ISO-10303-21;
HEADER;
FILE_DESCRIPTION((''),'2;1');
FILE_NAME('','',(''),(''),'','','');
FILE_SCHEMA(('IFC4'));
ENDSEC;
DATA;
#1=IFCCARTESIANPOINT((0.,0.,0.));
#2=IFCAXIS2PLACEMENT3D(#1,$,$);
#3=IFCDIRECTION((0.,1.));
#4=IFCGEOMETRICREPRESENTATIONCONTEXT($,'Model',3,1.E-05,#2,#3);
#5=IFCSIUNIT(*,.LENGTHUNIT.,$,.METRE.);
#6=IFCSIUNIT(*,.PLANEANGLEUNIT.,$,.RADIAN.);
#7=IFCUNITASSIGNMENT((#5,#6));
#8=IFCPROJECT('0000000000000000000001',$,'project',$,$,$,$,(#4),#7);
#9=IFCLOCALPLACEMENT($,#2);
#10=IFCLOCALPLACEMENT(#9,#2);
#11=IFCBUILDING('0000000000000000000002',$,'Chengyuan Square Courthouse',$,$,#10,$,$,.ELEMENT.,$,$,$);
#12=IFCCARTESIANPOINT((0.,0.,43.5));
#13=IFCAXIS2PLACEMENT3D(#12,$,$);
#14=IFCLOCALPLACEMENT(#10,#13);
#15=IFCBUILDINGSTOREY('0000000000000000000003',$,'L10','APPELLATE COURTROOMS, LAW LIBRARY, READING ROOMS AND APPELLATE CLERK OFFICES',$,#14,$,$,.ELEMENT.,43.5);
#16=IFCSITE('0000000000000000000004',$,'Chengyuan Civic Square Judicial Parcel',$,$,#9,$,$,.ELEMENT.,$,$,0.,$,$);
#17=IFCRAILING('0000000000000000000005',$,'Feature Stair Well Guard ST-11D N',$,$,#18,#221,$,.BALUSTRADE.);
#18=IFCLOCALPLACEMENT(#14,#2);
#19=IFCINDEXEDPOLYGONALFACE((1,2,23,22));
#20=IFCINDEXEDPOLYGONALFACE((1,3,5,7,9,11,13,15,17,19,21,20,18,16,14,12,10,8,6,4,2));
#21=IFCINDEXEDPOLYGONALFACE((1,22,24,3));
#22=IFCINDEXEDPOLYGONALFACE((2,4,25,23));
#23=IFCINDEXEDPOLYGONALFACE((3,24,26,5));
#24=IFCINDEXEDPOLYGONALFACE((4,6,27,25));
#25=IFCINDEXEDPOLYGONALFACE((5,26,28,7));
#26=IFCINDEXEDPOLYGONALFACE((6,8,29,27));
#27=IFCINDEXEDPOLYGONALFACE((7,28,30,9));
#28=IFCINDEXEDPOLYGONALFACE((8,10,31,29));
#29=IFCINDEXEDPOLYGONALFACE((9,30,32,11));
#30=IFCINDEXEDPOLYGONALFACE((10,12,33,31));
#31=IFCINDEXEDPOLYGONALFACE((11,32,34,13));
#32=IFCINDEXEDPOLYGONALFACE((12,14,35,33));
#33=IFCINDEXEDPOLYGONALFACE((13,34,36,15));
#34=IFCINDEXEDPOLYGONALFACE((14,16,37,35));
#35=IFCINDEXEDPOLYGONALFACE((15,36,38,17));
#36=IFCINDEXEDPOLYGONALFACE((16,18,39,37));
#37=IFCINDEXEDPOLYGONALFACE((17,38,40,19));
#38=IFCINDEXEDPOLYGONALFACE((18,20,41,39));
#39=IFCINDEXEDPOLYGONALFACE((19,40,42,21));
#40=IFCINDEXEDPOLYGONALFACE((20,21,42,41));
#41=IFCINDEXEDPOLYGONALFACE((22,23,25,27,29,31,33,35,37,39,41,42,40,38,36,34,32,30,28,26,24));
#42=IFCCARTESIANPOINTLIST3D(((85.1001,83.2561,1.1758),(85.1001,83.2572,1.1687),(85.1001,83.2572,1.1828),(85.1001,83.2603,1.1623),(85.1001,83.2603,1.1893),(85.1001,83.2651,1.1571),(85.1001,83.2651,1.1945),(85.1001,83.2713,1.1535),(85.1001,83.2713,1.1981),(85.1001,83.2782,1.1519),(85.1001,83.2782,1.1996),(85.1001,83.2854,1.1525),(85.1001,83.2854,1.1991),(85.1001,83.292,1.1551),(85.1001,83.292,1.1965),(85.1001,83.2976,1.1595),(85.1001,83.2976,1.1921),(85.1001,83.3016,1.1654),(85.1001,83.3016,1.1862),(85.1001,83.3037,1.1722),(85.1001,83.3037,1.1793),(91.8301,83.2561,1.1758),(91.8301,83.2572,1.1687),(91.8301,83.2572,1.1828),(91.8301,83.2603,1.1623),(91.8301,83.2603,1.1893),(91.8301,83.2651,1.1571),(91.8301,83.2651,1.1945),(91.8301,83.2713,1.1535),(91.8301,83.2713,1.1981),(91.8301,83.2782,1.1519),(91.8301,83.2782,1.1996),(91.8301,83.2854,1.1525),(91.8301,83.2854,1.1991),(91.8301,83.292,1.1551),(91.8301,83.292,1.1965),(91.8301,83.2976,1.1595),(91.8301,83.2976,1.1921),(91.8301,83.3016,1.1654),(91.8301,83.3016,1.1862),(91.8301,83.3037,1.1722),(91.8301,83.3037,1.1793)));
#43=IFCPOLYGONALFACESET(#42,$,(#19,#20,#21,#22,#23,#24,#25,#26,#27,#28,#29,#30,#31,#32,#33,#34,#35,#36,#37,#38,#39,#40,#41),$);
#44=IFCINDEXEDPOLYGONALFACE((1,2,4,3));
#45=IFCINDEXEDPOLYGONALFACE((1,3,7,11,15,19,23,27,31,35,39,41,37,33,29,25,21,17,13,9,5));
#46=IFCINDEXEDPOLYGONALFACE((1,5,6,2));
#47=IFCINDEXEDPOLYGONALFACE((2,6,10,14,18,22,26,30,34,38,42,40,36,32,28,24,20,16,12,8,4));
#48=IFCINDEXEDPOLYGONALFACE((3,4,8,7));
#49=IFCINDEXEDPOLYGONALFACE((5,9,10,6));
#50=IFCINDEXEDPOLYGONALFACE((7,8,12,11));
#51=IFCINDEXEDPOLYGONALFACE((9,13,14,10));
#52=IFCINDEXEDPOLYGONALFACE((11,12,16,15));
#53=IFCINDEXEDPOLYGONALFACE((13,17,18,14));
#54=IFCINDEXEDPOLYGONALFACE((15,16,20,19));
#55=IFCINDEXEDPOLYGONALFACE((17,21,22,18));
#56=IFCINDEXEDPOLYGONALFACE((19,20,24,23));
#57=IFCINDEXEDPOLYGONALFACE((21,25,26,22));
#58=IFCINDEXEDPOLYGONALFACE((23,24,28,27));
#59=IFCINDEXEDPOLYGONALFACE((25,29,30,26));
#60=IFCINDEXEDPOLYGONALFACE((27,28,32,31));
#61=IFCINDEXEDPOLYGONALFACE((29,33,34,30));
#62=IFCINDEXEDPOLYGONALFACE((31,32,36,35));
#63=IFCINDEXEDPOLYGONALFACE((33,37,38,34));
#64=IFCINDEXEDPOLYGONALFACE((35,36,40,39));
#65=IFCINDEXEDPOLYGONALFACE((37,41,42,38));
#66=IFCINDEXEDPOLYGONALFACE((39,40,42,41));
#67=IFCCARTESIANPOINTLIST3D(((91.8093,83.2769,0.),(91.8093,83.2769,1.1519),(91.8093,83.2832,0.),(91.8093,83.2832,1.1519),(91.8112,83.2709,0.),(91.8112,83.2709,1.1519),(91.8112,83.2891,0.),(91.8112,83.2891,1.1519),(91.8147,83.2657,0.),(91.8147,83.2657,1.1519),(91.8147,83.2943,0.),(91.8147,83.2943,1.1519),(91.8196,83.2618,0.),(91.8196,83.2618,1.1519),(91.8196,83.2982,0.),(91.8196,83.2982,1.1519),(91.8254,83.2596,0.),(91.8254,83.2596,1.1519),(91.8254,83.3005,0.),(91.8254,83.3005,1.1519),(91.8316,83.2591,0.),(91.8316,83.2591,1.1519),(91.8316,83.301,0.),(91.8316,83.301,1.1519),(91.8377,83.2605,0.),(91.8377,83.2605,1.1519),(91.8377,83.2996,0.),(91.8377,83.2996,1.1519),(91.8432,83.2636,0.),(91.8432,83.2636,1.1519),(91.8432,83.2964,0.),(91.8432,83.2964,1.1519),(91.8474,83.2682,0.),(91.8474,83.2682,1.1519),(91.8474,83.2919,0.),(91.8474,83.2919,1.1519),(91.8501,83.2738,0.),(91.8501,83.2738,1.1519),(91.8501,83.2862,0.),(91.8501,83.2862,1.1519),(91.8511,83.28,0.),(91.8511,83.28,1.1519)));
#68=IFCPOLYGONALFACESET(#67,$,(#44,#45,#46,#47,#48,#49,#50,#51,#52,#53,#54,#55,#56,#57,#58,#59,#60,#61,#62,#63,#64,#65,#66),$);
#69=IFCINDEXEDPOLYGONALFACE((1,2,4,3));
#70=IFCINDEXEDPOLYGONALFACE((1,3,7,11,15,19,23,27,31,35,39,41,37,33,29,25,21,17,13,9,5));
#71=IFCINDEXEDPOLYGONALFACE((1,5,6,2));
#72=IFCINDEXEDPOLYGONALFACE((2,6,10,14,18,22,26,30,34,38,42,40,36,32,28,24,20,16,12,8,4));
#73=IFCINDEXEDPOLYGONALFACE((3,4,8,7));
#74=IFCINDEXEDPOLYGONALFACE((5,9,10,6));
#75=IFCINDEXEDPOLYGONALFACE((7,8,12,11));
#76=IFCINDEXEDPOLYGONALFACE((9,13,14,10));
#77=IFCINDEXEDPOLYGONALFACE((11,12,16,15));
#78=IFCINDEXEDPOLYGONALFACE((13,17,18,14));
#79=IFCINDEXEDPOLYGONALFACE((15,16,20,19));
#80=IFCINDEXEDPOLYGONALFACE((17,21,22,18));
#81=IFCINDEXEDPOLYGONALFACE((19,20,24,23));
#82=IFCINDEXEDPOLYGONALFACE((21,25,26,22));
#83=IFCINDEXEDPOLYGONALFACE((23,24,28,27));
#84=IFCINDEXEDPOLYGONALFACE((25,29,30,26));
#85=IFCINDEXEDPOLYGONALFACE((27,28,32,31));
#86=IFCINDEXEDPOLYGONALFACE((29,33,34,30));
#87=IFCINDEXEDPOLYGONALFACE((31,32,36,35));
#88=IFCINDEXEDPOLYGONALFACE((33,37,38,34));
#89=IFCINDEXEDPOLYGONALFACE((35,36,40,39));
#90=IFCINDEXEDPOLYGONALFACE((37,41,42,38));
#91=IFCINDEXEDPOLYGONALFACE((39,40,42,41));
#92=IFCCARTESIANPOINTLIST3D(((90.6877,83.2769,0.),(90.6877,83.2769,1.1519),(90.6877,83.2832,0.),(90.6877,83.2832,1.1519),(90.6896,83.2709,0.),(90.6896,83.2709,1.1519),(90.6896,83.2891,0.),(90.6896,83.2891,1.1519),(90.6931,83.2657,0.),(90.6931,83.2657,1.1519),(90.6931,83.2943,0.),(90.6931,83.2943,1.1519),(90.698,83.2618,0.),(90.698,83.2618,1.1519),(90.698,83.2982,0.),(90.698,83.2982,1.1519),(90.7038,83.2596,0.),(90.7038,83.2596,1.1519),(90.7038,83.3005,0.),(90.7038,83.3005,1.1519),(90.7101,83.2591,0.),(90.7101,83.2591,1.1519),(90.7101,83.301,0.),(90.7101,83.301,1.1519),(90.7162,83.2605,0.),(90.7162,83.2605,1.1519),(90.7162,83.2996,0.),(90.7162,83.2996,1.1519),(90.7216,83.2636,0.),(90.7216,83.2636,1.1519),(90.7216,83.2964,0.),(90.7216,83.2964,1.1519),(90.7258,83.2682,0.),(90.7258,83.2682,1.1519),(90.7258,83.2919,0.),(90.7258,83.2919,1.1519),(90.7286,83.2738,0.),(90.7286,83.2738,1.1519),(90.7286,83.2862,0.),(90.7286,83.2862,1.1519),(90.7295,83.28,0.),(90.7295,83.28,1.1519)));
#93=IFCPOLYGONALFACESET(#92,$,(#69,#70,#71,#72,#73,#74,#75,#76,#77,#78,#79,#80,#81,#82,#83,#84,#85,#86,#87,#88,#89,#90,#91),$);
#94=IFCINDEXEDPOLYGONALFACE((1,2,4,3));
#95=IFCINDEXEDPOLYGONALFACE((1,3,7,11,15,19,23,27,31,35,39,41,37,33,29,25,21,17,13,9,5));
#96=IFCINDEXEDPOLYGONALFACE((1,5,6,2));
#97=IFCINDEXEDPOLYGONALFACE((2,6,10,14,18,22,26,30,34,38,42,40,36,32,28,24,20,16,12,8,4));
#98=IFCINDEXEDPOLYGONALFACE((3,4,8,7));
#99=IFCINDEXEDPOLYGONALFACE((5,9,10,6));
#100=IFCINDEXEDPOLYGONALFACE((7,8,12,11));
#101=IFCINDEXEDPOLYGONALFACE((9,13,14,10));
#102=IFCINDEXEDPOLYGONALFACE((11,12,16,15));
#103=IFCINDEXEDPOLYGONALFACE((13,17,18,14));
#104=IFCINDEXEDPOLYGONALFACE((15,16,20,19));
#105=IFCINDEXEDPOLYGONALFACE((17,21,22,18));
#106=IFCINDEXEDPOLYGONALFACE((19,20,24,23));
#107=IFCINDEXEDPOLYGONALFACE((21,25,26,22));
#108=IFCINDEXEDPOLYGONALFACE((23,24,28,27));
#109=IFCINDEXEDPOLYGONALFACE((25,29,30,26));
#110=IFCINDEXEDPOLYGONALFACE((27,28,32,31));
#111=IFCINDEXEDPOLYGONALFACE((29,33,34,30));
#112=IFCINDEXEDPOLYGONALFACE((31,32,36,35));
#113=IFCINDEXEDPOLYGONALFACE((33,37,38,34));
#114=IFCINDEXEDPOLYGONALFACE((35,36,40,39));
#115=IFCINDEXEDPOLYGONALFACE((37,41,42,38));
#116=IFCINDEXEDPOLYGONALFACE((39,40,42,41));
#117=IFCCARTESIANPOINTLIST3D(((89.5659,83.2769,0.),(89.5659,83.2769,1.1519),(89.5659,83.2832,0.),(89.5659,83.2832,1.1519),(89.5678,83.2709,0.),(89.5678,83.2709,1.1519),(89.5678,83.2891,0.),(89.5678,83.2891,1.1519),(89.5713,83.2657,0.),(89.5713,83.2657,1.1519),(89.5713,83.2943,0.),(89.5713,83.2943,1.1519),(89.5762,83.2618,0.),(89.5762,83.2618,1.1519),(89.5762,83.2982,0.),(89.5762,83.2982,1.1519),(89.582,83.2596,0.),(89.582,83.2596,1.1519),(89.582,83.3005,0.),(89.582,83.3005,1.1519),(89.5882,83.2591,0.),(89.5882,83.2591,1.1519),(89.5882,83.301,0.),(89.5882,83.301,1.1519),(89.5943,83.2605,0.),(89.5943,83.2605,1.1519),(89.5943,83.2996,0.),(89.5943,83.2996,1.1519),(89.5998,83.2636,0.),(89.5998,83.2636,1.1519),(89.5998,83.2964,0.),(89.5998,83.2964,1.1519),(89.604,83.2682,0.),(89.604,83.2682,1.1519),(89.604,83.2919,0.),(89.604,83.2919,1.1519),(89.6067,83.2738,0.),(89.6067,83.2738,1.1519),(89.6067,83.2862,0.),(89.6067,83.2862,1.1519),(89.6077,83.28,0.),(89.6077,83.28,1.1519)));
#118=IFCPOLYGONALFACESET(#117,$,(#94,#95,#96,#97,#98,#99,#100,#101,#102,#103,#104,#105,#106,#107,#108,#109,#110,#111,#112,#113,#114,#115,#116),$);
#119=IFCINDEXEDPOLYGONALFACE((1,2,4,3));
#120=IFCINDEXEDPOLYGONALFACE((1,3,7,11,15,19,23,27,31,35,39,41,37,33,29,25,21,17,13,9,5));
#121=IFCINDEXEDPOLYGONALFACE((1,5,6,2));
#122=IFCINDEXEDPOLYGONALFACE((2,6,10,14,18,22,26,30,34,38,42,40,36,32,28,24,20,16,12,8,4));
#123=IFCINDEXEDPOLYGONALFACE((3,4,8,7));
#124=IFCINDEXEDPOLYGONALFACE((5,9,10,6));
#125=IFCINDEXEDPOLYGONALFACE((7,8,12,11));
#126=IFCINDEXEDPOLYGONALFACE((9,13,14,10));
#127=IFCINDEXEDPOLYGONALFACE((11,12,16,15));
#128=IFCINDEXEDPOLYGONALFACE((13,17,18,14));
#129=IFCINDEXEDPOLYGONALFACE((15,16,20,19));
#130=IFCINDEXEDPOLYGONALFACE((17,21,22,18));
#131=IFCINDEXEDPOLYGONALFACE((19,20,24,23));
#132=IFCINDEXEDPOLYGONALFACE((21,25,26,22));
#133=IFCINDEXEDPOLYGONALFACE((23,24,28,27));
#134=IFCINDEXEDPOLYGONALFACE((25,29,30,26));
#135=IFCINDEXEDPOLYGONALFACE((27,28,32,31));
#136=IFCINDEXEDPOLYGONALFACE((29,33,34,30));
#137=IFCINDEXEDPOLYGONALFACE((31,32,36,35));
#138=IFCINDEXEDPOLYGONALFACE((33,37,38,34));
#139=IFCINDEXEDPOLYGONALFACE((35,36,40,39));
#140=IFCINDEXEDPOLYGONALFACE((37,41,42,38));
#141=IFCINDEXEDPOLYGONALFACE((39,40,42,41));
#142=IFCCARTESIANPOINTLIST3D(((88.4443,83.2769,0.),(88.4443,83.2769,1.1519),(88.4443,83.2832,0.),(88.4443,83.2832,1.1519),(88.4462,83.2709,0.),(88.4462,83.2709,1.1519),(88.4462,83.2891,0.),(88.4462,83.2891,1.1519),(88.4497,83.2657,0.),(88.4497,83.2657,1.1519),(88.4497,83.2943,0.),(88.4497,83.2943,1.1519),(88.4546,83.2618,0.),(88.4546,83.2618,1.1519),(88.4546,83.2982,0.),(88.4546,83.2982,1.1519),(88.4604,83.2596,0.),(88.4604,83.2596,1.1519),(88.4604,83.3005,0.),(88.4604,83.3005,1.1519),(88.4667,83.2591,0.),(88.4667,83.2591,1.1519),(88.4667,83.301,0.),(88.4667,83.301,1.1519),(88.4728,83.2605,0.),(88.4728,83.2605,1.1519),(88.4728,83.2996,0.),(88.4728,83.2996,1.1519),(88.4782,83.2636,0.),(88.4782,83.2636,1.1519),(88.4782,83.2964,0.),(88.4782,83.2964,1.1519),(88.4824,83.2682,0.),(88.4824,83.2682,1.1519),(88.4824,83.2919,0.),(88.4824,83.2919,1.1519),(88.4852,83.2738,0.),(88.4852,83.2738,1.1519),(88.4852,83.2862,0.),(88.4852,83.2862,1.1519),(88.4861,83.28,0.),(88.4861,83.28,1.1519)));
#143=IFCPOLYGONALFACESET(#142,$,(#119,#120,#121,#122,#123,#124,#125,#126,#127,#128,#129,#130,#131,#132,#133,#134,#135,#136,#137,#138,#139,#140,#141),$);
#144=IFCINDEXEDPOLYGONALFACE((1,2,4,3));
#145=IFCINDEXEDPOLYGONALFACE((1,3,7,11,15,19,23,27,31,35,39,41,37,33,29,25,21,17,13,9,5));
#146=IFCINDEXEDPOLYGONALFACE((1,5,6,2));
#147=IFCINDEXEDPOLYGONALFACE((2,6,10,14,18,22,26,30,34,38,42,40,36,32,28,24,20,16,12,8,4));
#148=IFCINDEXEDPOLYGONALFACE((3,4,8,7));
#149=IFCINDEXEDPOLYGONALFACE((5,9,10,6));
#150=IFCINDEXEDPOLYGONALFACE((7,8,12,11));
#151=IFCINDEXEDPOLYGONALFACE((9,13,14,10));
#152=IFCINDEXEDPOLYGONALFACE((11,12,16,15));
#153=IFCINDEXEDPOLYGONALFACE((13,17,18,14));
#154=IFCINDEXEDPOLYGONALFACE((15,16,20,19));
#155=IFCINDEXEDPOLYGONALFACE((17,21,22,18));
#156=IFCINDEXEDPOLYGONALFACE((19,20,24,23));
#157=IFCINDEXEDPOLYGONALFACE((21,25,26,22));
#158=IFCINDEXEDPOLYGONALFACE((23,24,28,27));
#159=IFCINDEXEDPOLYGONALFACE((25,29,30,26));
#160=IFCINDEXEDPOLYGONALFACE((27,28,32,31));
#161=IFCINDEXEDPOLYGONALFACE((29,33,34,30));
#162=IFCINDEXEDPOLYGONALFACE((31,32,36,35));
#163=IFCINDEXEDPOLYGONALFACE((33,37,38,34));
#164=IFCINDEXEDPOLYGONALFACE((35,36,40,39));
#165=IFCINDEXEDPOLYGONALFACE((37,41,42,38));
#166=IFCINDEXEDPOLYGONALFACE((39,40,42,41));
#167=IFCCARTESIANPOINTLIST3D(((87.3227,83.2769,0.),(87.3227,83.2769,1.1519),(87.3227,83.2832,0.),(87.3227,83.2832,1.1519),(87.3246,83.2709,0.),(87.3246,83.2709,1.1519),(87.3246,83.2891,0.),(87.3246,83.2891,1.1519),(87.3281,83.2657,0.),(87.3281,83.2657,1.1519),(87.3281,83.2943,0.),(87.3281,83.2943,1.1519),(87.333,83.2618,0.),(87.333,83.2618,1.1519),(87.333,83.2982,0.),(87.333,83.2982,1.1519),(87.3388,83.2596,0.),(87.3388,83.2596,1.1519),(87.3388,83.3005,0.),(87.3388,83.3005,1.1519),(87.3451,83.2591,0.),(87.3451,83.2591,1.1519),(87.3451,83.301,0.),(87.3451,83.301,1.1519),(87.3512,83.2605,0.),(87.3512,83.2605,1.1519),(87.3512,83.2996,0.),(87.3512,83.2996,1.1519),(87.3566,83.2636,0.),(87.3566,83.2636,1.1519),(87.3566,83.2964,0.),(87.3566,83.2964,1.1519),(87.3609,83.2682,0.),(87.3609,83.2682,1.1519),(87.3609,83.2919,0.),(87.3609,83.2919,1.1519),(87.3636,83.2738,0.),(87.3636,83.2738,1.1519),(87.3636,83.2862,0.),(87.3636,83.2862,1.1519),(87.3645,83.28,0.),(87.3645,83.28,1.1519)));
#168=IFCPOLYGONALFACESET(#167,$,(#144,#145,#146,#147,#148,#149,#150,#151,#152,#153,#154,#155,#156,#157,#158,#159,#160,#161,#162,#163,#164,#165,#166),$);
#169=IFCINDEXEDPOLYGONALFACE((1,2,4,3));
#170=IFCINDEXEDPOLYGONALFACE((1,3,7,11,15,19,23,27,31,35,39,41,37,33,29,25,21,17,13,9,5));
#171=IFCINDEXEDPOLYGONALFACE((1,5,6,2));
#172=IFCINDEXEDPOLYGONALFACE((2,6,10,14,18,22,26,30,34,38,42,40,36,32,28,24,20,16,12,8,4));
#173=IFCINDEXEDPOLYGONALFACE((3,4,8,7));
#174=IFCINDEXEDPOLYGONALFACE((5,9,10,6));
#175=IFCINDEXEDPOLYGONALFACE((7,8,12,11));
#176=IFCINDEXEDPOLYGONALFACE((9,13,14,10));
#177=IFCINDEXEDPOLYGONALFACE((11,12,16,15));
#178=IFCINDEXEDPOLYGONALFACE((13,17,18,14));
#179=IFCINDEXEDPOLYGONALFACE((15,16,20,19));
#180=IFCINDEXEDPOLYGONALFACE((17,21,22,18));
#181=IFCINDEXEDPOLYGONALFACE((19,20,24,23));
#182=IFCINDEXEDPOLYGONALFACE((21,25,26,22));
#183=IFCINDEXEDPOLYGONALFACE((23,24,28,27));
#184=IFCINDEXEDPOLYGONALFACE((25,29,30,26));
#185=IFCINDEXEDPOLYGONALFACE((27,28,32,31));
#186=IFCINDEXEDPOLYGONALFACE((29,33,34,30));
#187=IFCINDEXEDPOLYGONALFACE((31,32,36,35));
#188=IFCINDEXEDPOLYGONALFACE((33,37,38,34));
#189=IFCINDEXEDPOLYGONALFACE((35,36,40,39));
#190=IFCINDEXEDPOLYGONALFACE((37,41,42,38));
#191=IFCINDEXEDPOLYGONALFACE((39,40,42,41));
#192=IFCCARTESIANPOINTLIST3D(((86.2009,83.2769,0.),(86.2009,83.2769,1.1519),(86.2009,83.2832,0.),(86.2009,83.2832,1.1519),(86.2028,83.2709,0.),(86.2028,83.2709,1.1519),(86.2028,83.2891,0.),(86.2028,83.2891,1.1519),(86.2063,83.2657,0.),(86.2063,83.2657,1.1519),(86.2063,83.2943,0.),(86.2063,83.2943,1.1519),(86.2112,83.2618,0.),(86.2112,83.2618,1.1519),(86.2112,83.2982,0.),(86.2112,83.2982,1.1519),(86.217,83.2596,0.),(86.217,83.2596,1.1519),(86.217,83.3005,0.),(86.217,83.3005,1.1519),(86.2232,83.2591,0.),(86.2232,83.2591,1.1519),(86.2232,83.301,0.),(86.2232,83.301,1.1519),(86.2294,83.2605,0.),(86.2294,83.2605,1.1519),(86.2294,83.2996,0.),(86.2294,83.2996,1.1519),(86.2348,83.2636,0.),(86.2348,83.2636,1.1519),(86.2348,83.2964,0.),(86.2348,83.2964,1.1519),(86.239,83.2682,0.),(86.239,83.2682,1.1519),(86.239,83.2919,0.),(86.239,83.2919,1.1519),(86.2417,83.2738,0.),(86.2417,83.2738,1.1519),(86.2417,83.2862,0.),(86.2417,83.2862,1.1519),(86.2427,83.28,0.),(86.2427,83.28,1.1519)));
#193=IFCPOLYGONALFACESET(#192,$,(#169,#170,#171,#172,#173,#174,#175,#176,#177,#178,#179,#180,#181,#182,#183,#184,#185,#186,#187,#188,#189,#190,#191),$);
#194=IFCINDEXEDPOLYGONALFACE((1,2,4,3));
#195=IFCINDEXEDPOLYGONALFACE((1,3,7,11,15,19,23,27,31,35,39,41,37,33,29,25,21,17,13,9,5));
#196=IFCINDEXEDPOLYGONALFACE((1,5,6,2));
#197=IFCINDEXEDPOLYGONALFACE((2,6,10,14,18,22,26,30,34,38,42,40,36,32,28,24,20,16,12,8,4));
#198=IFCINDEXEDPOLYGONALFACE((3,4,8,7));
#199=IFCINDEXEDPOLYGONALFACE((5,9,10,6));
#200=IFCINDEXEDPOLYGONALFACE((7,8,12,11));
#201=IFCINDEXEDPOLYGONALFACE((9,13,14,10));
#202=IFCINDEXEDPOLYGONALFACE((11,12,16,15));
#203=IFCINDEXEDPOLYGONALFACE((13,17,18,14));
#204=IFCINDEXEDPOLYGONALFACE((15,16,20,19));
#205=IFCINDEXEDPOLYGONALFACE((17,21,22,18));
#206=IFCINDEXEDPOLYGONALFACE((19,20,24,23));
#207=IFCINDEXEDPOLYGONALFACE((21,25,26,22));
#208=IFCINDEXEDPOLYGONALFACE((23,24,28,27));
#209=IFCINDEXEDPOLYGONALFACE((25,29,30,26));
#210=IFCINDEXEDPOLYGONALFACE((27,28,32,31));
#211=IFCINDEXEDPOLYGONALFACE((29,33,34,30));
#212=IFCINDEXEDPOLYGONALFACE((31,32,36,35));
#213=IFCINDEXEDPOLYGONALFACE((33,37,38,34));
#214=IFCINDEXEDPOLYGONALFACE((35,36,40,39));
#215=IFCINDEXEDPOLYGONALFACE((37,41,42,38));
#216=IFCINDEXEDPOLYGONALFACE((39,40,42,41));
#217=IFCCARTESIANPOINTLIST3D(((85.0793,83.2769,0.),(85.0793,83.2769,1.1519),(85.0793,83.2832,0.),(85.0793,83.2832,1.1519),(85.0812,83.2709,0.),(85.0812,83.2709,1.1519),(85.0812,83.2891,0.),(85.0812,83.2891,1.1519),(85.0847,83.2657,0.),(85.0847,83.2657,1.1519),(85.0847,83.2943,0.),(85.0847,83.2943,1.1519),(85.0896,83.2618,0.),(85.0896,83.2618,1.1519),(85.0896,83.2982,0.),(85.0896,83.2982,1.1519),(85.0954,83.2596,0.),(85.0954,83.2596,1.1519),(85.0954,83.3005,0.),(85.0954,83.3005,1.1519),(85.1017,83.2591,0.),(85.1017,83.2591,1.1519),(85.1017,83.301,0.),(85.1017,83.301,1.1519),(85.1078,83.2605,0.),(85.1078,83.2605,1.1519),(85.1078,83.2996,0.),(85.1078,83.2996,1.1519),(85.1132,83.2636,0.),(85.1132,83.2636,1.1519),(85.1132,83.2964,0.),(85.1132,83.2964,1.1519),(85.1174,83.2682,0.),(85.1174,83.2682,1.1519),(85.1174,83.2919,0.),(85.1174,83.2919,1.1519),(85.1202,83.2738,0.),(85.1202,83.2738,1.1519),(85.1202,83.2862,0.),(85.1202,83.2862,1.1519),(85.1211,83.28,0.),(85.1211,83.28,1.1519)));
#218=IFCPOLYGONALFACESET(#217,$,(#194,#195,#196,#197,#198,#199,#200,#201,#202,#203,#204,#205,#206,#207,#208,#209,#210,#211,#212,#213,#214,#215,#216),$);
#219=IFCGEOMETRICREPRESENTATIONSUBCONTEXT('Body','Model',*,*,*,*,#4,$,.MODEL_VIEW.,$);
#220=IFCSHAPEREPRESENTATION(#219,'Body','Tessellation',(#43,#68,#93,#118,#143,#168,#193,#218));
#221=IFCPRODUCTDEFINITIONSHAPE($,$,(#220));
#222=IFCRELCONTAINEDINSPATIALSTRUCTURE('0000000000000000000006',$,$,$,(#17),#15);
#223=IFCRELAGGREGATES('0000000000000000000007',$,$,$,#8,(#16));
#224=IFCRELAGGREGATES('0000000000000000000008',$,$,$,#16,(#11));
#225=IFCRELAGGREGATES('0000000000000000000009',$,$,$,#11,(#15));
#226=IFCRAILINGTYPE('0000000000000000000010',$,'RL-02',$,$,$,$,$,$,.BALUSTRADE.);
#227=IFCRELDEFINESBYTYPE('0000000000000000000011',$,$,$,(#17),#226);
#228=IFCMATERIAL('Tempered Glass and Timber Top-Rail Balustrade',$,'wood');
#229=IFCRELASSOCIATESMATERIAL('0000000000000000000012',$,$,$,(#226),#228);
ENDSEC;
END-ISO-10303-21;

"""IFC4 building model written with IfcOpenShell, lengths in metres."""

from ifc_helpers import new_model, si_unit, direction, frame, origin, origin_2d, place, context, subcontext, project, spatial, circle, extrude, material, type_object, element, save


model = new_model("IFC4")

# Units and contexts
model_context = context("Model", 3, precision=1e-05, world=origin(), true_north=direction((0.0, 1.0)))
body_context = subcontext(model_context, "Body", "Model", "MODEL_VIEW")
ifc_project = project(units=[si_unit("LENGTHUNIT", "METRE"), si_unit("PLANEANGLEUNIT", "RADIAN")], contexts=[model_context])

# Site, building, storey
site_placement = place(None, origin())
site = spatial("IfcSite", under=ifc_project, at=site_placement, Name="Chengyuan Civic Square Judicial Parcel", CompositionType="ELEMENT", RefElevation=0.0)
building_placement = place(site_placement, origin())
building = spatial("IfcBuilding", under=site, at=building_placement, Name="Chengyuan Square Courthouse", CompositionType="ELEMENT")
storey_placement = place(building_placement, frame((0.0, 0.0, 43.5)))
storey = spatial("IfcBuildingStorey", under=building, at=storey_placement, Name="L10", Description="APPELLATE COURTROOMS, LAW LIBRARY, READING ROOMS AND APPELLATE CLERK OFFICES", CompositionType="ELEMENT", Elevation=43.5)

# Railing
ifc_material_1 = material(Name="Tempered Glass and Timber Top-Rail Balustrade", Category="wood")
railing_type = type_object("IfcRailingType", Name="RL-02", PredefinedType="BALUSTRADE", material=ifc_material_1)
railing_1_placement = place(storey_placement, frame((91.8301, 83.28, 0.0)))
element("IfcRailing", 1, at=railing_1_placement, inside=storey, type_object=railing_type, Name="Feature Stair Well Guard ST-11D N", PredefinedType="BALUSTRADE", context=body_context, shape_type="SweptSolid", body=[
    extrude(circle(Radius=0.0239, at=origin_2d()), frame((0.0, 0.0, 1.1758), z_axis=(-1.0, 0.0, 0.0), x_axis=(0.0, -1.0, 0.0)), (0.0, 0.0, 1.0), 6.73),
    extrude(circle(Radius=0.021, at=origin_2d()), origin(), (0.0, 0.0, 1.0), 1.1519),
    extrude(circle(Radius=0.021, at=origin_2d()), frame((-1.1216, 0.0, 0.0)), (0.0, 0.0, 1.0), 1.1519),
    extrude(circle(Radius=0.021, at=origin_2d()), frame((-2.2434, 0.0, 0.0)), (0.0, 0.0, 1.0), 1.1519),
    extrude(circle(Radius=0.021, at=origin_2d()), frame((-3.365, 0.0, 0.0)), (0.0, 0.0, 1.0), 1.1519),
    extrude(circle(Radius=0.021, at=origin_2d()), frame((-4.4866, 0.0, 0.0)), (0.0, 0.0, 1.0), 1.1519),
    extrude(circle(Radius=0.021, at=origin_2d()), frame((-5.6084, 0.0, 0.0)), (0.0, 0.0, 1.0), 1.1519),
    extrude(circle(Radius=0.021, at=origin_2d()), frame((-6.73, 0.0, 0.0)), (0.0, 0.0, 1.0), 1.1519),
])

save(model, "model.ifc")
